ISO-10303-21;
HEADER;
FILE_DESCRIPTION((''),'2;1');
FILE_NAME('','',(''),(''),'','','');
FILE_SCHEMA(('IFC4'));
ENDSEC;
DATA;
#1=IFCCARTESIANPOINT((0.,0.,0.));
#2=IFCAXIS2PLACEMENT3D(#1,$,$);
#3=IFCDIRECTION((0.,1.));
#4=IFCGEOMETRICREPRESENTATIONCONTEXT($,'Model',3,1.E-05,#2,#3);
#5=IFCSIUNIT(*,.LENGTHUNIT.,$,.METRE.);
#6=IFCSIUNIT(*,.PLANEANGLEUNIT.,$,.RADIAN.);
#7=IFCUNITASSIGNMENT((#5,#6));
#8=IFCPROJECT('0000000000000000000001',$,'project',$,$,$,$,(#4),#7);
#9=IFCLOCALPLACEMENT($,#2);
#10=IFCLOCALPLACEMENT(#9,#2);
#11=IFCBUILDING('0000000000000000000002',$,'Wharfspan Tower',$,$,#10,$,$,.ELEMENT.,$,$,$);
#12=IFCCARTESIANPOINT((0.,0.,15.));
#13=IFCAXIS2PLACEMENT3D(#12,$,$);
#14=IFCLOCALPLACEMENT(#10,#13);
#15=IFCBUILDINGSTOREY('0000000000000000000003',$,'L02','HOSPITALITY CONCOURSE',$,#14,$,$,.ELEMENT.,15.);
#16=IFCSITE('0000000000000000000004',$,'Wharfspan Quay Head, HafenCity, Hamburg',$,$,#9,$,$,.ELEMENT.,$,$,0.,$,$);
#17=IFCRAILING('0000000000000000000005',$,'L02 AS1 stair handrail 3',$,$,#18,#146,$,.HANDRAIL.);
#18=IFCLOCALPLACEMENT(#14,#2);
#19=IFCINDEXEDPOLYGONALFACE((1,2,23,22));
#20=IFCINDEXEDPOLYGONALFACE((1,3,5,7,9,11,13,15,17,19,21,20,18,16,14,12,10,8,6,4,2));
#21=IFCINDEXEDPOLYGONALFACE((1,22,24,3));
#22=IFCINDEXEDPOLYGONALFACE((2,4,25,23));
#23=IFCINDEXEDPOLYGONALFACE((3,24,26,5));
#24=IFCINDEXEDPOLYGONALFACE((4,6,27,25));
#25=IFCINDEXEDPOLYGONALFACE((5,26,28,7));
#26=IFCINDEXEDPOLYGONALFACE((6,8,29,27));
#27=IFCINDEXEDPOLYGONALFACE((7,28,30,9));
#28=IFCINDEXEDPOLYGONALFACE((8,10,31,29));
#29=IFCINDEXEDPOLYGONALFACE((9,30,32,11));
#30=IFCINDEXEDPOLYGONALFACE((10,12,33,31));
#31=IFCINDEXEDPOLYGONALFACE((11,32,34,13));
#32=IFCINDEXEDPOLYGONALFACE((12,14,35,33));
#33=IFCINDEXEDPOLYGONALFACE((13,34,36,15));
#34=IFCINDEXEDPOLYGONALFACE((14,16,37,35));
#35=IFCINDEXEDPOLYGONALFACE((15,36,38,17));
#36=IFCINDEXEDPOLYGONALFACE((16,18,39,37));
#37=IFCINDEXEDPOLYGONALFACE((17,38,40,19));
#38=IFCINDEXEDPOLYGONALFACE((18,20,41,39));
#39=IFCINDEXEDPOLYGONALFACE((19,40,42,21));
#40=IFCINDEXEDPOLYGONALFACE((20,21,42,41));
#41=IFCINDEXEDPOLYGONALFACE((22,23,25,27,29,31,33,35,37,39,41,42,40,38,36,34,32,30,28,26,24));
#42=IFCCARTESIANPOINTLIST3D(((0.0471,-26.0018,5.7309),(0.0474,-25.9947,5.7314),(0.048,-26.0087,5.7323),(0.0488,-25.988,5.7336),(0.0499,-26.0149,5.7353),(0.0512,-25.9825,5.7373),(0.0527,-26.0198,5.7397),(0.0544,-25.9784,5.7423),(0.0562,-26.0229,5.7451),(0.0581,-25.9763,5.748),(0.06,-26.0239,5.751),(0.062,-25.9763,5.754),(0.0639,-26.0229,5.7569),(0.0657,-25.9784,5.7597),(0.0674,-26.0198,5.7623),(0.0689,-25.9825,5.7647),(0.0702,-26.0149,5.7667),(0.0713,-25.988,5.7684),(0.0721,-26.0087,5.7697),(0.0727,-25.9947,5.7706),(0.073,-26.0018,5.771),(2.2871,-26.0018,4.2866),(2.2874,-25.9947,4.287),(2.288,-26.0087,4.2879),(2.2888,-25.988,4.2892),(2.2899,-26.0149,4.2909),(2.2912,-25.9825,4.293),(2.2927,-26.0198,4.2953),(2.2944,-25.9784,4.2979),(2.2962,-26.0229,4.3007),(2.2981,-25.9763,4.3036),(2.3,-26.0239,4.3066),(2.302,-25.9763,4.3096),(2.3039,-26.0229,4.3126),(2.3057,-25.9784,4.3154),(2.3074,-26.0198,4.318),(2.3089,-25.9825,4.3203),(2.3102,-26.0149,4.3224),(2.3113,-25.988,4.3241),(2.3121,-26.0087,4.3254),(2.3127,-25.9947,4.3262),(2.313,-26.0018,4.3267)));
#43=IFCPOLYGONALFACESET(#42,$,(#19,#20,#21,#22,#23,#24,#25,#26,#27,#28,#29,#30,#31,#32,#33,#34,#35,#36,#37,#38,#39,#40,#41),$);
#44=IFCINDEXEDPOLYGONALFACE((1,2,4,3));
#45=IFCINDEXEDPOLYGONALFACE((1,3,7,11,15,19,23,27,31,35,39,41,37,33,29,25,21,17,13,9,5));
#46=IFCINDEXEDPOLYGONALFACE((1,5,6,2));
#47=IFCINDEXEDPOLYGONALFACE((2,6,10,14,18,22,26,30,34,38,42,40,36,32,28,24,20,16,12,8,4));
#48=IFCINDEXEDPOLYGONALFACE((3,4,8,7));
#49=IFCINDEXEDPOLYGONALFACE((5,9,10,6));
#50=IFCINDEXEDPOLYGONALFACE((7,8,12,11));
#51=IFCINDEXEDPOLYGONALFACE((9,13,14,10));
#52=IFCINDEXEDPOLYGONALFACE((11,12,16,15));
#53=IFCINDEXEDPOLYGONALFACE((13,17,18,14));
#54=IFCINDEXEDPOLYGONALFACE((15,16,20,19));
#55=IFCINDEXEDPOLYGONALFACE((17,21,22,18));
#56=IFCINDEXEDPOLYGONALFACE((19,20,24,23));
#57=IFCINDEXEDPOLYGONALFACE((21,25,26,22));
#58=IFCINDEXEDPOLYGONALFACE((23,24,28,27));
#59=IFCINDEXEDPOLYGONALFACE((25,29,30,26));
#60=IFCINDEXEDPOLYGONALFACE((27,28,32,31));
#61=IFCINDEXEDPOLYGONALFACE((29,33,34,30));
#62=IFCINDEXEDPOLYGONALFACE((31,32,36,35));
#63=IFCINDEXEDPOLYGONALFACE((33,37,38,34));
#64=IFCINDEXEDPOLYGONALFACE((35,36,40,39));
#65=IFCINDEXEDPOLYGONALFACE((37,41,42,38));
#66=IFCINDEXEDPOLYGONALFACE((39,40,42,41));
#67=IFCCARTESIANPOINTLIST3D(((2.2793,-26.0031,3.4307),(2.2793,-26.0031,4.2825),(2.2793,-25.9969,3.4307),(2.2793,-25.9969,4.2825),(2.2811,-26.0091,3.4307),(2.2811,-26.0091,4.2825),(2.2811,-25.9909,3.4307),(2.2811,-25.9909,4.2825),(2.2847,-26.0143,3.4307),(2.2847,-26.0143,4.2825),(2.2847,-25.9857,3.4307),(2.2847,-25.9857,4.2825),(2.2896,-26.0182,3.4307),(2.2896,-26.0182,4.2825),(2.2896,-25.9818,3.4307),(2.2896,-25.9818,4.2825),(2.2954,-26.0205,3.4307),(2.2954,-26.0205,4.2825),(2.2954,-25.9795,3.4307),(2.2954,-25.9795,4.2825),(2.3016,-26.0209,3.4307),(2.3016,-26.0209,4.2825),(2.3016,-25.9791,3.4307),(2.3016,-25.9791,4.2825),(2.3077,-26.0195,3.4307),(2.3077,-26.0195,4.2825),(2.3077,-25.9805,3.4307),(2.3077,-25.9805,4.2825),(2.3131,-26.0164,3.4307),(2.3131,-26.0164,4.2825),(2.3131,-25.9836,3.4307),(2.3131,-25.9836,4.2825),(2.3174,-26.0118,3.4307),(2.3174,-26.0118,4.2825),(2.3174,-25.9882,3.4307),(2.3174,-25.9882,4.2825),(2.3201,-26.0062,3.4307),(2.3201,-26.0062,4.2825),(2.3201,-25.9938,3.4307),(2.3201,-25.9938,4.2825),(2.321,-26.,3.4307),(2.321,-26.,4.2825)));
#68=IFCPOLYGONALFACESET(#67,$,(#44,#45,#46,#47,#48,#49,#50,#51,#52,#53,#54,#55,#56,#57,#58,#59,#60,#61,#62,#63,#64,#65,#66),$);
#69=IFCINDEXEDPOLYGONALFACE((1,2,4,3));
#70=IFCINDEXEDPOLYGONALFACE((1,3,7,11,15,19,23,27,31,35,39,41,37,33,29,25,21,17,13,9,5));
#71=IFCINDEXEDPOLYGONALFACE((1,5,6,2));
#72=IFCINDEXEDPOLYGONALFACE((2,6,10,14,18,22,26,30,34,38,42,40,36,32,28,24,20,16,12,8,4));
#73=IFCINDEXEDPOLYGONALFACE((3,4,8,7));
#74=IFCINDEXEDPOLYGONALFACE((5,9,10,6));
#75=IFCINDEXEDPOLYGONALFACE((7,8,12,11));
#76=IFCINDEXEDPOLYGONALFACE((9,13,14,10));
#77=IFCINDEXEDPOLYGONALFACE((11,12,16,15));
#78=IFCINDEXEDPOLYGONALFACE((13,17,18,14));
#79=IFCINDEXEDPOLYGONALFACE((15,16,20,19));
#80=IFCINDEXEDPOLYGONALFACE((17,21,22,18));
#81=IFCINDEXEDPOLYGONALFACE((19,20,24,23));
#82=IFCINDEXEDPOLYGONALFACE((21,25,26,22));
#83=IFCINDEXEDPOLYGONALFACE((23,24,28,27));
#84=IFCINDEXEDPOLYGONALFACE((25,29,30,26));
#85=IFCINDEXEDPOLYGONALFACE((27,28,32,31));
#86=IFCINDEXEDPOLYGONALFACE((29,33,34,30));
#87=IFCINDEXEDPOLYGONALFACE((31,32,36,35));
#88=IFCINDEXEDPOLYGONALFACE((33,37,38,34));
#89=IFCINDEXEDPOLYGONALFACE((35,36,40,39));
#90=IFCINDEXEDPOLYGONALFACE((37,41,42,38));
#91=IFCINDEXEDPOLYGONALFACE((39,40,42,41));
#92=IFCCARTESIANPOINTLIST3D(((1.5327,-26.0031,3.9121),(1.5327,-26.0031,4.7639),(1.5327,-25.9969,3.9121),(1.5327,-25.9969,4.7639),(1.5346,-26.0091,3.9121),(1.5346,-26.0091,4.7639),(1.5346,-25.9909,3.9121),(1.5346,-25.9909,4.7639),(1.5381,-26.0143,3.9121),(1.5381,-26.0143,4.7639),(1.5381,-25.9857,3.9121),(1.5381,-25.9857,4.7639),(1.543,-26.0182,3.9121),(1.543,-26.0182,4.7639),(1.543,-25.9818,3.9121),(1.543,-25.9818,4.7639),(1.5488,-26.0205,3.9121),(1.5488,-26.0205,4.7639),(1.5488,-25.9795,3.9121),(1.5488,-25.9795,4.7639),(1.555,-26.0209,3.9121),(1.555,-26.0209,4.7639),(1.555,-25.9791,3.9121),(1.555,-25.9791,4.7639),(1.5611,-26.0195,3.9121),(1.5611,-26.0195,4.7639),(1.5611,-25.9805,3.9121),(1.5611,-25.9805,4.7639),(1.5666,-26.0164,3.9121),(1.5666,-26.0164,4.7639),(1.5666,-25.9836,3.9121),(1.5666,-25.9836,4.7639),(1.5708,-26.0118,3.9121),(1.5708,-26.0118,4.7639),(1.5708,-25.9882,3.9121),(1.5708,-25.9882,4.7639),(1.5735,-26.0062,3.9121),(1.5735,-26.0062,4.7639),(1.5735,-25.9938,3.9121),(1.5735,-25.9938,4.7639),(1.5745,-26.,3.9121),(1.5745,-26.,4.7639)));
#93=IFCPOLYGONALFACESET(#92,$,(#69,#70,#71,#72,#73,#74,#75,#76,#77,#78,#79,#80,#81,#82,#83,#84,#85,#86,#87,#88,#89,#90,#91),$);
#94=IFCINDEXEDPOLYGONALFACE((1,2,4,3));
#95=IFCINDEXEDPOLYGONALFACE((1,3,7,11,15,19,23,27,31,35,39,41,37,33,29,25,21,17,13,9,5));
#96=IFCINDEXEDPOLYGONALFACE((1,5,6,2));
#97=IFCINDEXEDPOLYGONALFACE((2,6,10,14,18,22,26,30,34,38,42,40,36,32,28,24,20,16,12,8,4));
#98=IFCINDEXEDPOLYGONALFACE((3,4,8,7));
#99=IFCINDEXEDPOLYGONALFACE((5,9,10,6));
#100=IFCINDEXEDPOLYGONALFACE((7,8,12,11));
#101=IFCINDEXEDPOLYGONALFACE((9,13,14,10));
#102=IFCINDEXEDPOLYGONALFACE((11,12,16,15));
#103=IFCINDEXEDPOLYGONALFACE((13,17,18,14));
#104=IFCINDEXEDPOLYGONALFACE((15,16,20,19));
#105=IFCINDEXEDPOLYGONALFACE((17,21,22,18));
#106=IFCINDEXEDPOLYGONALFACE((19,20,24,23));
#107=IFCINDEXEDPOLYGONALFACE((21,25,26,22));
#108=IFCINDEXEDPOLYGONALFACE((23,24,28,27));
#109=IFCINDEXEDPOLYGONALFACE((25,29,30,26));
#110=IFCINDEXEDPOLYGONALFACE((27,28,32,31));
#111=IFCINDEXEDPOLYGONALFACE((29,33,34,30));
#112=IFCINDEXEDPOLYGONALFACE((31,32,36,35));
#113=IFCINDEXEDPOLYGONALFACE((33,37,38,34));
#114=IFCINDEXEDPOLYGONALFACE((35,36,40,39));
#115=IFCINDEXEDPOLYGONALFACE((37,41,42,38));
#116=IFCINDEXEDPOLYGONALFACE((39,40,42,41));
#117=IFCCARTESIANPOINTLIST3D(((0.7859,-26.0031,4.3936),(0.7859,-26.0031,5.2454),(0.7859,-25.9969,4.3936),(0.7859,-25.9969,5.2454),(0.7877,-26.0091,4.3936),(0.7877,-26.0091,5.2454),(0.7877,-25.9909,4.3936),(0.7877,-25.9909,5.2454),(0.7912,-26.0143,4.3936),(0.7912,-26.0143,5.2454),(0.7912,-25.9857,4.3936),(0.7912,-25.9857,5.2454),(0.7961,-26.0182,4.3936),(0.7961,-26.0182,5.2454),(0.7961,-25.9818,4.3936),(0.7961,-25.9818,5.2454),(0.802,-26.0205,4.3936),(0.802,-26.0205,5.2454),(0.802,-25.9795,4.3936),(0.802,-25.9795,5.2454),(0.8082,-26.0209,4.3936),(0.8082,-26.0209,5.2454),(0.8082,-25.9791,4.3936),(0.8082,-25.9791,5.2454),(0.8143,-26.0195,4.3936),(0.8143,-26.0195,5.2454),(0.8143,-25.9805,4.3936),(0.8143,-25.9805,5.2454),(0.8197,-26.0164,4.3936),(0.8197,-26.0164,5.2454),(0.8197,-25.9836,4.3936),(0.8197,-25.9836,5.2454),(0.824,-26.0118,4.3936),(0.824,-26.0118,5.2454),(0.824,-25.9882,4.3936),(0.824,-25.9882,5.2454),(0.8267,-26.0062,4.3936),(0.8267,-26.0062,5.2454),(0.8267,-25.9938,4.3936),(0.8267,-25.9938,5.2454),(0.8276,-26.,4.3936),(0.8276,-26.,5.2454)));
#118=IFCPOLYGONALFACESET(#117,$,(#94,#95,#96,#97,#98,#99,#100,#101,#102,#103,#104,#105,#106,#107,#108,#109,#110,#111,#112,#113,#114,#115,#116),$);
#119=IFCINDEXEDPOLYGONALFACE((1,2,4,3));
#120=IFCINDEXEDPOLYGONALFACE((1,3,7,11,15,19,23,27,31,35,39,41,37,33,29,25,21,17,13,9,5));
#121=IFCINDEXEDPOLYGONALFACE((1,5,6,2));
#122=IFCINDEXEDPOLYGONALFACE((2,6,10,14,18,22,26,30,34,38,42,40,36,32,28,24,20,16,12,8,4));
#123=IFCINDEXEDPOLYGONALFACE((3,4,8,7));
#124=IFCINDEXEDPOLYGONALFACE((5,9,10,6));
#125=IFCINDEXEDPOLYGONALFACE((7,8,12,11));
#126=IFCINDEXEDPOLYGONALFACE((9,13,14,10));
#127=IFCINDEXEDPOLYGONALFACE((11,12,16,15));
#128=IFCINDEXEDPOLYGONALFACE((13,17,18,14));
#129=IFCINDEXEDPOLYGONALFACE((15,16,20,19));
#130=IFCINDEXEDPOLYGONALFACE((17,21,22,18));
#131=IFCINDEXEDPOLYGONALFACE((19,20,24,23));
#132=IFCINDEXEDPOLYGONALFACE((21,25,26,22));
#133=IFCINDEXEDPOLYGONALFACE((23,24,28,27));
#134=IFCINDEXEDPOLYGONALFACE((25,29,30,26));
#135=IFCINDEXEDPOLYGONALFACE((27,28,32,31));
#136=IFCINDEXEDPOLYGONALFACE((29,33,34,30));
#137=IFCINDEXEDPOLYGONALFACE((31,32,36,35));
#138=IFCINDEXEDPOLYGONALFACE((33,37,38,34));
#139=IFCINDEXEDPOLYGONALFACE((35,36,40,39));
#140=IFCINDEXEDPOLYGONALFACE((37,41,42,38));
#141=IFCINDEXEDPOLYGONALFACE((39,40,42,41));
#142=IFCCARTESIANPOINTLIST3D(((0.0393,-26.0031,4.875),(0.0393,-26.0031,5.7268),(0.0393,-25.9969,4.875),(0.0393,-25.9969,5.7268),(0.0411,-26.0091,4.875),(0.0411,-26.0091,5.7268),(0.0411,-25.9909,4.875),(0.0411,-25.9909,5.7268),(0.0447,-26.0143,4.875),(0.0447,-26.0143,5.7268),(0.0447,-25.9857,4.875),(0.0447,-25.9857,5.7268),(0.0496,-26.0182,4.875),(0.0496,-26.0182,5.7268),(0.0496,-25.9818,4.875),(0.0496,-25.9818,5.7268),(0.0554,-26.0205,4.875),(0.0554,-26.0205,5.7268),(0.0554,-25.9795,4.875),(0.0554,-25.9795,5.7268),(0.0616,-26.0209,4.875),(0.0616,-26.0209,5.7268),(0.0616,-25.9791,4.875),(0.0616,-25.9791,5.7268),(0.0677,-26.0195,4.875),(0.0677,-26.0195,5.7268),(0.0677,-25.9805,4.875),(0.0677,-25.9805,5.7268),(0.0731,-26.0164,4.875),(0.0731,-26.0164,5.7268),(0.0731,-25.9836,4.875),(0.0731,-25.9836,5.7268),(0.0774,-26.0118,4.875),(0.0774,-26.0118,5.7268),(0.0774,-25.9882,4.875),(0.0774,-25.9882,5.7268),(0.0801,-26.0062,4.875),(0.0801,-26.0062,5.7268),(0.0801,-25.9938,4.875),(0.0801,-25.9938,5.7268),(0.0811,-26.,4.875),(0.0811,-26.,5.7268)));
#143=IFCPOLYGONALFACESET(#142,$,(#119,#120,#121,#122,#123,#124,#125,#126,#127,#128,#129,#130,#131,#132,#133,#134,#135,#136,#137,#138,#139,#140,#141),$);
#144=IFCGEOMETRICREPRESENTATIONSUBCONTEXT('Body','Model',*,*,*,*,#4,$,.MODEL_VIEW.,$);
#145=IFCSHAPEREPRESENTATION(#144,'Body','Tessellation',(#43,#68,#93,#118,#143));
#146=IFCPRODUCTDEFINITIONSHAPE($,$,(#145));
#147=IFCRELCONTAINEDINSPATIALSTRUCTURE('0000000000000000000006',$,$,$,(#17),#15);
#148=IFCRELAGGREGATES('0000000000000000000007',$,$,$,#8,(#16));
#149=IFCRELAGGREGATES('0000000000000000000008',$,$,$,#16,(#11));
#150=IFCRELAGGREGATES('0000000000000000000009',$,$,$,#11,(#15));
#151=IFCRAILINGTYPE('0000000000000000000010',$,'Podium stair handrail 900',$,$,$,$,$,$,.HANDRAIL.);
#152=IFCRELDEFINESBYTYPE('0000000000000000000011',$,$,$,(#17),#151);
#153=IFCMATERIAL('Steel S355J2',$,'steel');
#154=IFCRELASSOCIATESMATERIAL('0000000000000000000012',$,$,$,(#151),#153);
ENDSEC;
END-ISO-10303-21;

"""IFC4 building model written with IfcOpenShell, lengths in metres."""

from ifc_helpers import new_model, si_unit, direction, frame, origin, origin_2d, place, context, subcontext, project, spatial, circle, extrude, material, type_object, element, save


model = new_model("IFC4")

# Units and contexts
model_context = context("Model", 3, precision=1e-05, world=origin(), true_north=direction((0.0, 1.0)))
body_context = subcontext(model_context, "Body", "Model", "MODEL_VIEW")
ifc_project = project(units=[si_unit("LENGTHUNIT", "METRE"), si_unit("PLANEANGLEUNIT", "RADIAN")], contexts=[model_context])

# Site, building, storey
site_placement = place(None, origin())
site = spatial("IfcSite", under=ifc_project, at=site_placement, Name="Wharfspan Quay Head, HafenCity, Hamburg", CompositionType="ELEMENT", RefElevation=0.0)
building_placement = place(site_placement, origin())
building = spatial("IfcBuilding", under=site, at=building_placement, Name="Wharfspan Tower", CompositionType="ELEMENT")
storey_placement = place(building_placement, frame((0.0, 0.0, 15.0)))
storey = spatial("IfcBuildingStorey", under=building, at=storey_placement, Name="L02", Description="HOSPITALITY CONCOURSE", CompositionType="ELEMENT", Elevation=15.0)

# Railing
ifc_material_1 = material(Name="Steel S355J2", Category="steel")
railing_type_1 = type_object("IfcRailingType", Name="Podium stair handrail 900", PredefinedType="HANDRAIL", material=ifc_material_1)
railing_1_placement = place(storey_placement, frame((2.3, -26.0, 3.4307)))
element("IfcRailing", 1, at=railing_1_placement, inside=storey, type_object=railing_type_1, Name="L02 AS1 stair handrail 3", PredefinedType="HANDRAIL", context=body_context, shape_type="SweptSolid", body=[
    extrude(circle(Radius=0.0239, at=origin_2d()), frame((0.0, 0.0, 0.876), z_axis=(-0.840437, 0.0, 0.54191), x_axis=(0.0, -1.0, 0.0)), (0.0, 0.0, 1.0), 2.6653),
    extrude(circle(Radius=0.021, at=origin_2d()), origin(), (0.0, 0.0, 1.0), 0.8518),
    extrude(circle(Radius=0.021, at=origin_2d()), frame((-0.7466, 0.0, 0.4814)), (0.0, 0.0, 1.0), 0.8518),
    extrude(circle(Radius=0.021, at=origin_2d()), frame((-1.4934, 0.0, 0.9629)), (0.0, 0.0, 1.0), 0.8518),
    extrude(circle(Radius=0.021, at=origin_2d()), frame((-2.24, 0.0, 1.4443)), (0.0, 0.0, 1.0), 0.8518),
])

save(model, "model.ifc")
